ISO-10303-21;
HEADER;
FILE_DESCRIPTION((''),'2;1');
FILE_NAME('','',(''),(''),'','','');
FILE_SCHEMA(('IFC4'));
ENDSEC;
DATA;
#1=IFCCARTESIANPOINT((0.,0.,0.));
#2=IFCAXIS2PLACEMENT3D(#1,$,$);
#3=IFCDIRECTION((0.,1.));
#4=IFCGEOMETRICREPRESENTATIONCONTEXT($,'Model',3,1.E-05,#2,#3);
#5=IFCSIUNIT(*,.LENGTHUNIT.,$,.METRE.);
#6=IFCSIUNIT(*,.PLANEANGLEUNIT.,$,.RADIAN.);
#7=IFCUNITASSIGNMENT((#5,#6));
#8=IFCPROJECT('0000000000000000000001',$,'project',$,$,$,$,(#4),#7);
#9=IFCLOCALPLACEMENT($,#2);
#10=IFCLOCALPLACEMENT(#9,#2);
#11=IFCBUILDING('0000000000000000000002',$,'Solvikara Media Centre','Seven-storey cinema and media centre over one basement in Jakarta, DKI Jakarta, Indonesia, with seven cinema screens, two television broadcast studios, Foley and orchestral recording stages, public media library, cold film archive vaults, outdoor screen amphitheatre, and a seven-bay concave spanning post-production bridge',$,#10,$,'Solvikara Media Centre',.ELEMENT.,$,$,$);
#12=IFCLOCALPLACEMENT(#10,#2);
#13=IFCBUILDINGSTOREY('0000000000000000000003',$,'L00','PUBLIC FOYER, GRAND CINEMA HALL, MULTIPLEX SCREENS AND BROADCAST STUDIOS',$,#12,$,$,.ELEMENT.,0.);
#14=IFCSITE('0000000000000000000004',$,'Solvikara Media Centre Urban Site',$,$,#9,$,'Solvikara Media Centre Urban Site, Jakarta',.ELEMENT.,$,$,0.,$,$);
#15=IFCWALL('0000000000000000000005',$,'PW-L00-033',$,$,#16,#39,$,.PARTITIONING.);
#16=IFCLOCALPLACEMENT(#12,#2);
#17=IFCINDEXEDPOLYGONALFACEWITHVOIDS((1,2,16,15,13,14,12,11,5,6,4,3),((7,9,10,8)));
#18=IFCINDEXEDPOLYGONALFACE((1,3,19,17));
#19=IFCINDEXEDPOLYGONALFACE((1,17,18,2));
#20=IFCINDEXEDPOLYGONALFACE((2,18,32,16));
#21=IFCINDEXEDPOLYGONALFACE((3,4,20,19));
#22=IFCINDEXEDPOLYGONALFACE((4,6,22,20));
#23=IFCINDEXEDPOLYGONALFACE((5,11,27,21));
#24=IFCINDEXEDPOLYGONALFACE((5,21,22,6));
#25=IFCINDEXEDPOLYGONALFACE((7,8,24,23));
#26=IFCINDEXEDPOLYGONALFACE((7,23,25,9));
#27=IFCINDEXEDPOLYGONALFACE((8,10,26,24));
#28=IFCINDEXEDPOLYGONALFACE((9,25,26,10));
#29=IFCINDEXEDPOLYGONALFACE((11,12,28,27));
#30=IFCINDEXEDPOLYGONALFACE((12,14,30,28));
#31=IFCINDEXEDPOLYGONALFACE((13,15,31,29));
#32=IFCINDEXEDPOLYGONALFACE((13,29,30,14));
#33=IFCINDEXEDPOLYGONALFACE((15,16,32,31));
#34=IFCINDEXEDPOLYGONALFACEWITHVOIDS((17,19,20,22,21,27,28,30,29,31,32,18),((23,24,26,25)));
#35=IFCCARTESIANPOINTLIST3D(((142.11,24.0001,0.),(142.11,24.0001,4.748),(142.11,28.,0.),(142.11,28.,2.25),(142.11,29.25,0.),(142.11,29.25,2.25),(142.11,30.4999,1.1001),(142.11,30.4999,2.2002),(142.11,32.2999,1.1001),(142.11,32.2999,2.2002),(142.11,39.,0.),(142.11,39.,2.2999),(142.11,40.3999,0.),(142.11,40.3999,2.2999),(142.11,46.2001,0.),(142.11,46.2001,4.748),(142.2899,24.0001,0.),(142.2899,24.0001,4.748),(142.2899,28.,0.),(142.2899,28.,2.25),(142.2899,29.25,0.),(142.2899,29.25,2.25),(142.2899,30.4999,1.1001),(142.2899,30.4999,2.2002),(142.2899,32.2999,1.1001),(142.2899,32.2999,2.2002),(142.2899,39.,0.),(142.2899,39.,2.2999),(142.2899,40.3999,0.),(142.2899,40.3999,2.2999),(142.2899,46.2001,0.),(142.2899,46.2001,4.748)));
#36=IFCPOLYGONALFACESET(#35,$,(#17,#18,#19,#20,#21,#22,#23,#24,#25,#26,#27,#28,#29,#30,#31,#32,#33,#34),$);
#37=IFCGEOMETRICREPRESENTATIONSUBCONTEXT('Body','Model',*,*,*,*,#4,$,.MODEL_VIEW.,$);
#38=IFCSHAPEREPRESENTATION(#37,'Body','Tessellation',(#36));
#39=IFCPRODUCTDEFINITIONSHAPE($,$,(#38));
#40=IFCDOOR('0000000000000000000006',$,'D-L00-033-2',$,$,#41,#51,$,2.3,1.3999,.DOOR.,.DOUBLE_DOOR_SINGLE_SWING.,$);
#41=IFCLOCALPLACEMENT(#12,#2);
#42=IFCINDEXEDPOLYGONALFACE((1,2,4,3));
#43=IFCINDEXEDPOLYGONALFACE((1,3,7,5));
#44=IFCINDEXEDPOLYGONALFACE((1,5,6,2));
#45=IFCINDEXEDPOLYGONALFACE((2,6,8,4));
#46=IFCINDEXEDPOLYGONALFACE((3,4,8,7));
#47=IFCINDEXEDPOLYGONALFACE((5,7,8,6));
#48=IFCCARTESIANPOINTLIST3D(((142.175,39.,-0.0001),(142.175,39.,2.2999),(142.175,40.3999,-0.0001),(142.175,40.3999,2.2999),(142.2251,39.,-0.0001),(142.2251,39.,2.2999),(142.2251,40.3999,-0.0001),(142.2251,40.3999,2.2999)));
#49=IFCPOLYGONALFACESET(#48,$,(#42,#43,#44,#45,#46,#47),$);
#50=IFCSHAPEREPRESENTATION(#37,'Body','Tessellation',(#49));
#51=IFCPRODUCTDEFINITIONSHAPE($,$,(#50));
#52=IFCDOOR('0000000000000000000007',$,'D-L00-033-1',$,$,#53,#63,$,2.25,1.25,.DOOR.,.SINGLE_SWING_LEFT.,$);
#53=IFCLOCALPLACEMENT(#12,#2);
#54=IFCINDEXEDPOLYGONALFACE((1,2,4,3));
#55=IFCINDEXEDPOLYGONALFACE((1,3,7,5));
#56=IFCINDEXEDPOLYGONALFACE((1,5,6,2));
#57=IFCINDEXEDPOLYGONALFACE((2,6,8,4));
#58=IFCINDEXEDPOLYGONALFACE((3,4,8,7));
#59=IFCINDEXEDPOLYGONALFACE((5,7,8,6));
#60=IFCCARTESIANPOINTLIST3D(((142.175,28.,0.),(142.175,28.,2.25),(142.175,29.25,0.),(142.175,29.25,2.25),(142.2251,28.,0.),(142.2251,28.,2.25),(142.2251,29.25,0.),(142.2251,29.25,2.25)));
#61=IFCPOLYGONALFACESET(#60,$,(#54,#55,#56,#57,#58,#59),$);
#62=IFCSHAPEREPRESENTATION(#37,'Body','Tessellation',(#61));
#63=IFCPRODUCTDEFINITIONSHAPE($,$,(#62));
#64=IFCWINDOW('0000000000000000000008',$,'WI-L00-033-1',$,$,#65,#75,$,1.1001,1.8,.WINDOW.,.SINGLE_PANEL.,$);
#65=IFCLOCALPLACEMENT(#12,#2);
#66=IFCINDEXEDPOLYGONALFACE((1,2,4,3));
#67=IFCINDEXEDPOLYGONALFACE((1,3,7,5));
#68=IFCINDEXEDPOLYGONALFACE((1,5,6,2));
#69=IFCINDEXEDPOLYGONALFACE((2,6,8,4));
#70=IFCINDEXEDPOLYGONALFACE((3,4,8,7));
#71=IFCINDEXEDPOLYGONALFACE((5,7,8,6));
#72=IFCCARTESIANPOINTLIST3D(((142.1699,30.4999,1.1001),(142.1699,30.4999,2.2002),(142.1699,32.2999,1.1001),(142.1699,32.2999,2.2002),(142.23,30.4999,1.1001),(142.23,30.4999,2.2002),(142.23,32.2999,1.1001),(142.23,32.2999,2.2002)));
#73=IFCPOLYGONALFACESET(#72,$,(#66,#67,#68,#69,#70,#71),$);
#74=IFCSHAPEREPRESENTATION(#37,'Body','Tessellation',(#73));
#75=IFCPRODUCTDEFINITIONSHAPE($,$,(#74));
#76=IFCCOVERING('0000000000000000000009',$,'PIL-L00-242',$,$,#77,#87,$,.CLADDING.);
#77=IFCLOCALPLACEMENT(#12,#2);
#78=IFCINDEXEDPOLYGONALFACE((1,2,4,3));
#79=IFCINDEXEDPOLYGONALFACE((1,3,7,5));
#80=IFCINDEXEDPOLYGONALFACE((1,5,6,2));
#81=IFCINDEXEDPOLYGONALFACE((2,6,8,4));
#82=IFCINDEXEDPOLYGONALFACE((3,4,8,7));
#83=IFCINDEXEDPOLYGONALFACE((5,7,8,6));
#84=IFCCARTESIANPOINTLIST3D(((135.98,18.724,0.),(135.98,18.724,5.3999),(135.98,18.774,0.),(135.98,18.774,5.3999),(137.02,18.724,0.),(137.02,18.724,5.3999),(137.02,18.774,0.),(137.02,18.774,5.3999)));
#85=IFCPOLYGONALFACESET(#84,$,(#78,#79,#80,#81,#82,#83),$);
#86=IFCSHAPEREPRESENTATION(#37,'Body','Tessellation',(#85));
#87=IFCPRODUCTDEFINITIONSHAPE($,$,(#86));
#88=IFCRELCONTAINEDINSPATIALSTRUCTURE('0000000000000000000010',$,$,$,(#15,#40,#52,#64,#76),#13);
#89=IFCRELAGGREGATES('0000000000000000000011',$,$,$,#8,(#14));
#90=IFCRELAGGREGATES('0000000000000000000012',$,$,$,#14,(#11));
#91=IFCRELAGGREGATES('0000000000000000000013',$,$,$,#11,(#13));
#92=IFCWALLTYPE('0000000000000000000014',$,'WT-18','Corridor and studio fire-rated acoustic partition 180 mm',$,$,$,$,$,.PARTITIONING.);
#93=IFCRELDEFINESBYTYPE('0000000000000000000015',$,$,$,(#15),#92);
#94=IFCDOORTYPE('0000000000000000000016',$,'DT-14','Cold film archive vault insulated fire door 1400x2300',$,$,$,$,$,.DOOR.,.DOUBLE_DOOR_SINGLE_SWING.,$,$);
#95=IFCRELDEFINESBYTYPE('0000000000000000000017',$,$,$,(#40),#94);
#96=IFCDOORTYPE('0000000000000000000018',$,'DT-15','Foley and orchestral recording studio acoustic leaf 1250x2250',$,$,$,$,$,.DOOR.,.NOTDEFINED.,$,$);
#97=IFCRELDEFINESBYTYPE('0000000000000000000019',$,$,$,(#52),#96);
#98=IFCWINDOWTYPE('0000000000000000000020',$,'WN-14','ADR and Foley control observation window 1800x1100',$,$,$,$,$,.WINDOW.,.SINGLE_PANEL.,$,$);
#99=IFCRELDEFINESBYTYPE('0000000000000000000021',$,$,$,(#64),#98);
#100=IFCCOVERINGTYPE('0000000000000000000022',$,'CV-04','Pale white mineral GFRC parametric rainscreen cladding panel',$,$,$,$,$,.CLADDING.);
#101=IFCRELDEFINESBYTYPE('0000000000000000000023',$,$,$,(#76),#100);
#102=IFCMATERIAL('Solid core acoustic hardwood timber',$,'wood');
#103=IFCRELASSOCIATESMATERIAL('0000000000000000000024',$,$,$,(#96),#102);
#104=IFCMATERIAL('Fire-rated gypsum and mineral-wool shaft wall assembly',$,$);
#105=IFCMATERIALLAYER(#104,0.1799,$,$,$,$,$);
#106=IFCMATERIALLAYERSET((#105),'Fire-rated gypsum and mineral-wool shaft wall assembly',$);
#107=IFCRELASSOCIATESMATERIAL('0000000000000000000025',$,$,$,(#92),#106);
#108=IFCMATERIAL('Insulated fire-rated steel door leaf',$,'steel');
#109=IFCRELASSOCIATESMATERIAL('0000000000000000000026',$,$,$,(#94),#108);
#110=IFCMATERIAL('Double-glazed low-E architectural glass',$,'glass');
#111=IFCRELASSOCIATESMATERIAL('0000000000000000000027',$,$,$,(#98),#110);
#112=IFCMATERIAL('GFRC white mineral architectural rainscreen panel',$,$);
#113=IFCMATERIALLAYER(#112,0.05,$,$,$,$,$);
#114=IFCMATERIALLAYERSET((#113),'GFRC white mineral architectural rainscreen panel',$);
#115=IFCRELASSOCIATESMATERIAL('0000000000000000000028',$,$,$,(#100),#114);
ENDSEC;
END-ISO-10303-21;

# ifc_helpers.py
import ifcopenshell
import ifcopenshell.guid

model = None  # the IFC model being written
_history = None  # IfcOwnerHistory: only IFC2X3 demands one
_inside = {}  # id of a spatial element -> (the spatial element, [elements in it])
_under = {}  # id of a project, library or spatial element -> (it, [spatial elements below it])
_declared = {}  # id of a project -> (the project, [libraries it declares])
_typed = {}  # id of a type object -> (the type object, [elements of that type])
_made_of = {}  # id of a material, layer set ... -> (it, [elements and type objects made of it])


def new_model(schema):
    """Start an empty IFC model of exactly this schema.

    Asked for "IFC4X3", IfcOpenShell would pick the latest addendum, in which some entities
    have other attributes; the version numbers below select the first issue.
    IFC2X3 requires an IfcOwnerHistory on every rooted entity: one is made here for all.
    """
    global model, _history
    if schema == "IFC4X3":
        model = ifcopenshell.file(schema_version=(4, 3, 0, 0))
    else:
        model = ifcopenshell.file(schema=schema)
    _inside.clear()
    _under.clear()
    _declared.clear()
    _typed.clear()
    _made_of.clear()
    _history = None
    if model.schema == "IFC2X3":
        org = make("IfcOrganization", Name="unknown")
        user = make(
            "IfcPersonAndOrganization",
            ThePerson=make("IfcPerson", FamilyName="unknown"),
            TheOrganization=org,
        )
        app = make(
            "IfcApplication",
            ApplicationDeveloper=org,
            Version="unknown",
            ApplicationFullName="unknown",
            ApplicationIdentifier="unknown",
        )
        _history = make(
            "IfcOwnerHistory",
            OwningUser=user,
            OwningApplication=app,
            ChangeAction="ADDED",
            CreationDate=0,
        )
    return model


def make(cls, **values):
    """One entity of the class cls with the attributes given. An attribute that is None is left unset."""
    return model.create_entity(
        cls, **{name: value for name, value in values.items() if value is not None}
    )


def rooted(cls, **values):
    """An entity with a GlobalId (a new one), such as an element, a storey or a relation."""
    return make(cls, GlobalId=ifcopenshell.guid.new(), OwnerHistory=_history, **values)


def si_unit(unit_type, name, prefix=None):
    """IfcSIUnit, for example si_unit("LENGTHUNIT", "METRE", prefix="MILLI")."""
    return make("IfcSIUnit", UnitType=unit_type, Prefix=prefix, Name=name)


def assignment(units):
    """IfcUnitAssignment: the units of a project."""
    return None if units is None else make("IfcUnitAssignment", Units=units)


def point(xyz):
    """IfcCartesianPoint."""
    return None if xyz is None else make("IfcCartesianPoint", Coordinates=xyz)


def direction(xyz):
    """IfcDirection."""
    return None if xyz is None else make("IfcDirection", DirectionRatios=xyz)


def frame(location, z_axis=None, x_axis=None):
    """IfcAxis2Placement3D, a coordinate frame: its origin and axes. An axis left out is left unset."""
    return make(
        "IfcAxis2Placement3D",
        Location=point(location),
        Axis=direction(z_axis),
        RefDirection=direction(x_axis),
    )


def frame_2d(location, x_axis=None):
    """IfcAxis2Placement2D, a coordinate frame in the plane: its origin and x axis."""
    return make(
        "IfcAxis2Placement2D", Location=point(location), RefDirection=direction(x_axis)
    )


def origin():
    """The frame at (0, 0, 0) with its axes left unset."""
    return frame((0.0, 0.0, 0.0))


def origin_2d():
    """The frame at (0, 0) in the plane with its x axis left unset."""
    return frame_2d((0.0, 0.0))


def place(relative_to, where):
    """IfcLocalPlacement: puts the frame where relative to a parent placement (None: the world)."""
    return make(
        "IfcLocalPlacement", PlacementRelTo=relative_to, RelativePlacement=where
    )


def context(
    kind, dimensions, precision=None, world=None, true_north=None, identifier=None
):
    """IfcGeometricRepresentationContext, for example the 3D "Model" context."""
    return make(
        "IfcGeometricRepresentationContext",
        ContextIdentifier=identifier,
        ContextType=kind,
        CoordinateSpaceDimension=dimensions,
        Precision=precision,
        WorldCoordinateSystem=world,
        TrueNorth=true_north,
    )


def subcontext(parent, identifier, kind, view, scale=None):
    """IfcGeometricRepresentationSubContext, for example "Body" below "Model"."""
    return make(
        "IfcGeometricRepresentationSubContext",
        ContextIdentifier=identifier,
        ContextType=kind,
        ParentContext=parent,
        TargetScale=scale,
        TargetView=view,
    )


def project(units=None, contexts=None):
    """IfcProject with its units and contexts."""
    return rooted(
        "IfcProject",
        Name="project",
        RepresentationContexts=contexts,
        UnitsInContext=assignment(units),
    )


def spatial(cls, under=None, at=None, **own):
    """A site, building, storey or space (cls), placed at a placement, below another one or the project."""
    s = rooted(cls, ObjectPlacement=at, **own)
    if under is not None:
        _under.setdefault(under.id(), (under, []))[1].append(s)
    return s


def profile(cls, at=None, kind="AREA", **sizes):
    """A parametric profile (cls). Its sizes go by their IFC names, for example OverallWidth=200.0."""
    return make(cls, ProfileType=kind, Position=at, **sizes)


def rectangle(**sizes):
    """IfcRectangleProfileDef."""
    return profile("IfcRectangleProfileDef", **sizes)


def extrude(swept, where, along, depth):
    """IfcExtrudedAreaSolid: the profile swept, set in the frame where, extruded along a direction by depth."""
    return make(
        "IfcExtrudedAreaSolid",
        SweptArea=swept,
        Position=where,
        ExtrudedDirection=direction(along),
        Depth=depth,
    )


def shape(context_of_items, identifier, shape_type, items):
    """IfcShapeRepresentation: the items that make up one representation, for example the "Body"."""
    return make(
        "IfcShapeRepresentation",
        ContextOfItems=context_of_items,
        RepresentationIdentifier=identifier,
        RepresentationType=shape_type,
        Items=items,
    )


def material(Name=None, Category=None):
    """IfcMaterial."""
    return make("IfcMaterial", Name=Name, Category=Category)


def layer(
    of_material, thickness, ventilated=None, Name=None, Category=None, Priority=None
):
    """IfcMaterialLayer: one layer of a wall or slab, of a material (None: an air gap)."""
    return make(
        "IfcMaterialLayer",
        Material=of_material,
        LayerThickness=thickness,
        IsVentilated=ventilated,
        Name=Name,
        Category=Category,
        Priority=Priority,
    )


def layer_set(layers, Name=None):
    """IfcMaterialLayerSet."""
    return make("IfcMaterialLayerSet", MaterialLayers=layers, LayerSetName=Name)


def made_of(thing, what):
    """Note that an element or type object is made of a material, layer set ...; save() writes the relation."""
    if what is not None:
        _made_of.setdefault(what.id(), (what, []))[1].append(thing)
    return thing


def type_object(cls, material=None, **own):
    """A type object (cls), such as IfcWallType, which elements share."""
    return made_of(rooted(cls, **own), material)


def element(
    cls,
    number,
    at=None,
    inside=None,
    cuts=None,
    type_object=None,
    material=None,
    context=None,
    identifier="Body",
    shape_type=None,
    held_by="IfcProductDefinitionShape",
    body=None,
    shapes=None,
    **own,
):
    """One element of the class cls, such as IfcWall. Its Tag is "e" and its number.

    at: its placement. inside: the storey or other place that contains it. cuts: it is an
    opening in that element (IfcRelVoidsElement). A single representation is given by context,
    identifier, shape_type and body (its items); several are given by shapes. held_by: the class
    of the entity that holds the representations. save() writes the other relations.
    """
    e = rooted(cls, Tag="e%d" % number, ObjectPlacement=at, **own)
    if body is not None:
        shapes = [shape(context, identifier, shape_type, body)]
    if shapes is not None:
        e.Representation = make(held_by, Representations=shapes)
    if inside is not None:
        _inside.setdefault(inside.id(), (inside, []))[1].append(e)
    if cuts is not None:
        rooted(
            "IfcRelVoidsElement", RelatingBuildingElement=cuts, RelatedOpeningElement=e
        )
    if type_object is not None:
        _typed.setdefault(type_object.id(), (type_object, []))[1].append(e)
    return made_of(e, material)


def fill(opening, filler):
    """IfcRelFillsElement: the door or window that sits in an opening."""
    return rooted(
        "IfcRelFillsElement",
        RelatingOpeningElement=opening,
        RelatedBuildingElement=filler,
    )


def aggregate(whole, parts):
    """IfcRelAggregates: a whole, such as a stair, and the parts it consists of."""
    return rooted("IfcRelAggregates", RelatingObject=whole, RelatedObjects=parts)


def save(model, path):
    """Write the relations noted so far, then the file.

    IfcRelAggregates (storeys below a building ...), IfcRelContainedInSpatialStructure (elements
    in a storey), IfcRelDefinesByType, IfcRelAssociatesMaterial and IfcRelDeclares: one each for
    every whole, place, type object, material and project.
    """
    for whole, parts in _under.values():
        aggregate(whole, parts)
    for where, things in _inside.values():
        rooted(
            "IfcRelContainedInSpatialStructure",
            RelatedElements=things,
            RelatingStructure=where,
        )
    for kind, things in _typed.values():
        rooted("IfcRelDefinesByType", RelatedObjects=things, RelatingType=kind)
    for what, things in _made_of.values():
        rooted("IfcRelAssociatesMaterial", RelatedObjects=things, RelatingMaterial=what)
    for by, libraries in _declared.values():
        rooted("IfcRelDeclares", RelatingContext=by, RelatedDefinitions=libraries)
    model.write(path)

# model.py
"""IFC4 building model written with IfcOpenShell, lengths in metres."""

from ifc_helpers import new_model, si_unit, direction, frame, frame_2d, origin, origin_2d, place, context, subcontext, project, spatial, rectangle, extrude, material, layer, layer_set, type_object, element, fill, save


model = new_model("IFC4")

# Units and contexts
model_context = context("Model", 3, precision=1e-05, world=origin(), true_north=direction((0.0, 1.0)))
body_context = subcontext(model_context, "Body", "Model", "MODEL_VIEW")
ifc_project = project(units=[si_unit("LENGTHUNIT", "METRE"), si_unit("PLANEANGLEUNIT", "RADIAN")], contexts=[model_context])

# Site, building, storey
site_placement = place(None, origin())
site = spatial("IfcSite", under=ifc_project, at=site_placement, Name="Solvikara Media Centre Urban Site", LongName="Solvikara Media Centre Urban Site, Jakarta", CompositionType="ELEMENT", RefElevation=0.0)
building_placement = place(site_placement, origin())
building = spatial("IfcBuilding", under=site, at=building_placement, Name="Solvikara Media Centre", Description="Seven-storey cinema and media centre over one basement in Jakarta, DKI Jakarta, Indonesia, with seven cinema screens, two television broadcast studios, Foley and orchestral recording stages, public media library, cold film archive vaults, outdoor screen amphitheatre, and a seven-bay concave spanning post-production bridge", LongName="Solvikara Media Centre", CompositionType="ELEMENT")
storey_placement = place(building_placement, origin())
storey = spatial("IfcBuildingStorey", under=building, at=storey_placement, Name="L00", Description="PUBLIC FOYER, GRAND CINEMA HALL, MULTIPLEX SCREENS AND BROADCAST STUDIOS", CompositionType="ELEMENT", Elevation=0.0)

# Shared definitions
ifc_material_1 = material(Name="Insulated fire-rated steel door leaf", Category="steel")

# Shared definitions
ifc_material_2 = material(Name="Solid core acoustic hardwood timber", Category="wood")
door_type_1 = type_object("IfcDoorType", Name="DT-15", Description="Foley and orchestral recording studio acoustic leaf 1250x2250", OperationType="NOTDEFINED", PredefinedType="DOOR", material=ifc_material_2)

# Shared definitions
ifc_material_3 = material(Name="Fire-rated gypsum and mineral-wool shaft wall assembly")

# Wall, openings, doors, window
ifc_layer_1 = layer(ifc_material_3, 0.1799)
ifc_layer_set_1 = layer_set([ifc_layer_1], Name="Fire-rated gypsum and mineral-wool shaft wall assembly")
wall_type_1 = type_object("IfcWallType", Name="WT-18", Description="Corridor and studio fire-rated acoustic partition 180 mm", PredefinedType="PARTITIONING", material=ifc_layer_set_1)
wall_1_placement = place(storey_placement, frame((142.2, 24.0, 0.0), z_axis=(0.0, 0.0, 1.0), x_axis=(0.0, 1.0, 0.0)))
wall_1 = element("IfcWall", 1, at=wall_1_placement, inside=storey, type_object=wall_type_1, Name="PW-L00-033", PredefinedType="PARTITIONING", context=body_context, shape_type="SweptSolid", body=[
    extrude(rectangle(XDim=22.2, YDim=0.1799, at=frame_2d((11.1001, 0.0))), origin(), (0.0, 0.0, 1.0), 4.748),
])
opening_1_placement = place(wall_1_placement, frame((4.0, 0.0, 0.0)))
opening_1 = element("IfcOpeningElement", 2, at=opening_1_placement, cuts=wall_1, PredefinedType="OPENING", context=body_context, shape_type="SweptSolid", body=[
    extrude(rectangle(XDim=1.25, YDim=2.25, at=frame_2d((0.625, 1.125))), frame((0.0, 0.1021, 0.0), z_axis=(0.0, -1.0, 0.0), x_axis=(1.0, 0.0, 0.0)), (0.0, 0.0, 1.0), 0.2039),
])
opening_2_placement = place(wall_1_placement, frame((15.0, 0.0, 0.0)))
opening_2 = element("IfcOpeningElement", 3, at=opening_2_placement, cuts=wall_1, PredefinedType="OPENING", context=body_context, shape_type="SweptSolid", body=[
    extrude(rectangle(XDim=1.3999, YDim=2.3, at=frame_2d((0.7, 1.1499))), frame((0.0, 0.1021, 0.0), z_axis=(0.0, -1.0, 0.0), x_axis=(1.0, 0.0, 0.0)), (0.0, 0.0, 1.0), 0.2039),
])
opening_3_placement = place(wall_1_placement, frame((6.5, 0.0, 1.1001)))
opening_3 = element("IfcOpeningElement", 4, at=opening_3_placement, cuts=wall_1, PredefinedType="OPENING", context=body_context, shape_type="SweptSolid", body=[
    extrude(rectangle(XDim=1.8, YDim=1.1001, at=frame_2d((0.8999, 0.55))), frame((0.0, 0.1021, 0.0), z_axis=(0.0, -1.0, 0.0), x_axis=(1.0, 0.0, 0.0)), (0.0, 0.0, 1.0), 0.2039),
])
door_type_2 = type_object("IfcDoorType", Name="DT-14", Description="Cold film archive vault insulated fire door 1400x2300", OperationType="DOUBLE_DOOR_SINGLE_SWING", PredefinedType="DOOR", material=ifc_material_1)
door_1_placement = place(opening_2_placement, origin())
door_1 = element("IfcDoor", 5, at=door_1_placement, inside=storey, type_object=door_type_2, Name="D-L00-033-2", OperationType="DOUBLE_DOOR_SINGLE_SWING", OverallHeight=2.3, OverallWidth=1.3999, PredefinedType="DOOR", context=body_context, shape_type="SweptSolid", body=[
    extrude(rectangle(XDim=1.3999, YDim=2.3, at=frame_2d((0.7, 1.1499))), frame((0.0, 0.0249, 0.0), z_axis=(0.0, -1.0, 0.0), x_axis=(1.0, 0.0, 0.0)), (0.0, 0.0, 1.0), 0.05),
])
fill(opening_2, door_1)
door_2_placement = place(opening_1_placement, origin())
door_2 = element("IfcDoor", 6, at=door_2_placement, inside=storey, type_object=door_type_1, Name="D-L00-033-1", OperationType="SINGLE_SWING_LEFT", OverallHeight=2.25, OverallWidth=1.25, PredefinedType="DOOR", context=body_context, shape_type="SweptSolid", body=[
    extrude(rectangle(XDim=1.25, YDim=2.25, at=frame_2d((0.625, 1.125))), frame((0.0, 0.0249, 0.0), z_axis=(0.0, -1.0, 0.0), x_axis=(1.0, 0.0, 0.0)), (0.0, 0.0, 1.0), 0.05),
])
fill(opening_1, door_2)
ifc_material_4 = material(Name="Double-glazed low-E architectural glass", Category="glass")
window_type = type_object("IfcWindowType", Name="WN-14", Description="ADR and Foley control observation window 1800x1100", PartitioningType="SINGLE_PANEL", PredefinedType="WINDOW", material=ifc_material_4)
window_placement = place(opening_3_placement, origin())
window = element("IfcWindow", 7, at=window_placement, inside=storey, type_object=window_type, Name="WI-L00-033-1", OverallHeight=1.1001, OverallWidth=1.8, PartitioningType="SINGLE_PANEL", PredefinedType="WINDOW", context=body_context, shape_type="SweptSolid", body=[
    extrude(rectangle(XDim=1.8, YDim=1.1001, at=frame_2d((0.8999, 0.55))), frame((0.0, 0.03, 0.0), z_axis=(0.0, -1.0, 0.0), x_axis=(1.0, 0.0, 0.0)), (0.0, 0.0, 1.0), 0.0601),
])
fill(opening_3, window)

# Covering
ifc_material_5 = material(Name="GFRC white mineral architectural rainscreen panel")
ifc_layer_2 = layer(ifc_material_5, 0.05)
ifc_layer_set_2 = layer_set([ifc_layer_2], Name="GFRC white mineral architectural rainscreen panel")
covering_type = type_object("IfcCoveringType", Name="CV-04", Description="Pale white mineral GFRC parametric rainscreen cladding panel", PredefinedType="CLADDING", material=ifc_layer_set_2)
covering_placement = place(storey_placement, frame((136.5, 18.749, 0.0), z_axis=(0.0, 0.0, 1.0), x_axis=(1.0, 0.0, 0.0)))
element("IfcCovering", 8, at=covering_placement, inside=storey, type_object=covering_type, Name="PIL-L00-242", PredefinedType="CLADDING", context=body_context, shape_type="SweptSolid", body=[
    extrude(rectangle(XDim=1.04, YDim=0.05, at=origin_2d()), origin(), (0.0, 0.0, 1.0), 5.3999),
])

save(model, "model.ifc")
